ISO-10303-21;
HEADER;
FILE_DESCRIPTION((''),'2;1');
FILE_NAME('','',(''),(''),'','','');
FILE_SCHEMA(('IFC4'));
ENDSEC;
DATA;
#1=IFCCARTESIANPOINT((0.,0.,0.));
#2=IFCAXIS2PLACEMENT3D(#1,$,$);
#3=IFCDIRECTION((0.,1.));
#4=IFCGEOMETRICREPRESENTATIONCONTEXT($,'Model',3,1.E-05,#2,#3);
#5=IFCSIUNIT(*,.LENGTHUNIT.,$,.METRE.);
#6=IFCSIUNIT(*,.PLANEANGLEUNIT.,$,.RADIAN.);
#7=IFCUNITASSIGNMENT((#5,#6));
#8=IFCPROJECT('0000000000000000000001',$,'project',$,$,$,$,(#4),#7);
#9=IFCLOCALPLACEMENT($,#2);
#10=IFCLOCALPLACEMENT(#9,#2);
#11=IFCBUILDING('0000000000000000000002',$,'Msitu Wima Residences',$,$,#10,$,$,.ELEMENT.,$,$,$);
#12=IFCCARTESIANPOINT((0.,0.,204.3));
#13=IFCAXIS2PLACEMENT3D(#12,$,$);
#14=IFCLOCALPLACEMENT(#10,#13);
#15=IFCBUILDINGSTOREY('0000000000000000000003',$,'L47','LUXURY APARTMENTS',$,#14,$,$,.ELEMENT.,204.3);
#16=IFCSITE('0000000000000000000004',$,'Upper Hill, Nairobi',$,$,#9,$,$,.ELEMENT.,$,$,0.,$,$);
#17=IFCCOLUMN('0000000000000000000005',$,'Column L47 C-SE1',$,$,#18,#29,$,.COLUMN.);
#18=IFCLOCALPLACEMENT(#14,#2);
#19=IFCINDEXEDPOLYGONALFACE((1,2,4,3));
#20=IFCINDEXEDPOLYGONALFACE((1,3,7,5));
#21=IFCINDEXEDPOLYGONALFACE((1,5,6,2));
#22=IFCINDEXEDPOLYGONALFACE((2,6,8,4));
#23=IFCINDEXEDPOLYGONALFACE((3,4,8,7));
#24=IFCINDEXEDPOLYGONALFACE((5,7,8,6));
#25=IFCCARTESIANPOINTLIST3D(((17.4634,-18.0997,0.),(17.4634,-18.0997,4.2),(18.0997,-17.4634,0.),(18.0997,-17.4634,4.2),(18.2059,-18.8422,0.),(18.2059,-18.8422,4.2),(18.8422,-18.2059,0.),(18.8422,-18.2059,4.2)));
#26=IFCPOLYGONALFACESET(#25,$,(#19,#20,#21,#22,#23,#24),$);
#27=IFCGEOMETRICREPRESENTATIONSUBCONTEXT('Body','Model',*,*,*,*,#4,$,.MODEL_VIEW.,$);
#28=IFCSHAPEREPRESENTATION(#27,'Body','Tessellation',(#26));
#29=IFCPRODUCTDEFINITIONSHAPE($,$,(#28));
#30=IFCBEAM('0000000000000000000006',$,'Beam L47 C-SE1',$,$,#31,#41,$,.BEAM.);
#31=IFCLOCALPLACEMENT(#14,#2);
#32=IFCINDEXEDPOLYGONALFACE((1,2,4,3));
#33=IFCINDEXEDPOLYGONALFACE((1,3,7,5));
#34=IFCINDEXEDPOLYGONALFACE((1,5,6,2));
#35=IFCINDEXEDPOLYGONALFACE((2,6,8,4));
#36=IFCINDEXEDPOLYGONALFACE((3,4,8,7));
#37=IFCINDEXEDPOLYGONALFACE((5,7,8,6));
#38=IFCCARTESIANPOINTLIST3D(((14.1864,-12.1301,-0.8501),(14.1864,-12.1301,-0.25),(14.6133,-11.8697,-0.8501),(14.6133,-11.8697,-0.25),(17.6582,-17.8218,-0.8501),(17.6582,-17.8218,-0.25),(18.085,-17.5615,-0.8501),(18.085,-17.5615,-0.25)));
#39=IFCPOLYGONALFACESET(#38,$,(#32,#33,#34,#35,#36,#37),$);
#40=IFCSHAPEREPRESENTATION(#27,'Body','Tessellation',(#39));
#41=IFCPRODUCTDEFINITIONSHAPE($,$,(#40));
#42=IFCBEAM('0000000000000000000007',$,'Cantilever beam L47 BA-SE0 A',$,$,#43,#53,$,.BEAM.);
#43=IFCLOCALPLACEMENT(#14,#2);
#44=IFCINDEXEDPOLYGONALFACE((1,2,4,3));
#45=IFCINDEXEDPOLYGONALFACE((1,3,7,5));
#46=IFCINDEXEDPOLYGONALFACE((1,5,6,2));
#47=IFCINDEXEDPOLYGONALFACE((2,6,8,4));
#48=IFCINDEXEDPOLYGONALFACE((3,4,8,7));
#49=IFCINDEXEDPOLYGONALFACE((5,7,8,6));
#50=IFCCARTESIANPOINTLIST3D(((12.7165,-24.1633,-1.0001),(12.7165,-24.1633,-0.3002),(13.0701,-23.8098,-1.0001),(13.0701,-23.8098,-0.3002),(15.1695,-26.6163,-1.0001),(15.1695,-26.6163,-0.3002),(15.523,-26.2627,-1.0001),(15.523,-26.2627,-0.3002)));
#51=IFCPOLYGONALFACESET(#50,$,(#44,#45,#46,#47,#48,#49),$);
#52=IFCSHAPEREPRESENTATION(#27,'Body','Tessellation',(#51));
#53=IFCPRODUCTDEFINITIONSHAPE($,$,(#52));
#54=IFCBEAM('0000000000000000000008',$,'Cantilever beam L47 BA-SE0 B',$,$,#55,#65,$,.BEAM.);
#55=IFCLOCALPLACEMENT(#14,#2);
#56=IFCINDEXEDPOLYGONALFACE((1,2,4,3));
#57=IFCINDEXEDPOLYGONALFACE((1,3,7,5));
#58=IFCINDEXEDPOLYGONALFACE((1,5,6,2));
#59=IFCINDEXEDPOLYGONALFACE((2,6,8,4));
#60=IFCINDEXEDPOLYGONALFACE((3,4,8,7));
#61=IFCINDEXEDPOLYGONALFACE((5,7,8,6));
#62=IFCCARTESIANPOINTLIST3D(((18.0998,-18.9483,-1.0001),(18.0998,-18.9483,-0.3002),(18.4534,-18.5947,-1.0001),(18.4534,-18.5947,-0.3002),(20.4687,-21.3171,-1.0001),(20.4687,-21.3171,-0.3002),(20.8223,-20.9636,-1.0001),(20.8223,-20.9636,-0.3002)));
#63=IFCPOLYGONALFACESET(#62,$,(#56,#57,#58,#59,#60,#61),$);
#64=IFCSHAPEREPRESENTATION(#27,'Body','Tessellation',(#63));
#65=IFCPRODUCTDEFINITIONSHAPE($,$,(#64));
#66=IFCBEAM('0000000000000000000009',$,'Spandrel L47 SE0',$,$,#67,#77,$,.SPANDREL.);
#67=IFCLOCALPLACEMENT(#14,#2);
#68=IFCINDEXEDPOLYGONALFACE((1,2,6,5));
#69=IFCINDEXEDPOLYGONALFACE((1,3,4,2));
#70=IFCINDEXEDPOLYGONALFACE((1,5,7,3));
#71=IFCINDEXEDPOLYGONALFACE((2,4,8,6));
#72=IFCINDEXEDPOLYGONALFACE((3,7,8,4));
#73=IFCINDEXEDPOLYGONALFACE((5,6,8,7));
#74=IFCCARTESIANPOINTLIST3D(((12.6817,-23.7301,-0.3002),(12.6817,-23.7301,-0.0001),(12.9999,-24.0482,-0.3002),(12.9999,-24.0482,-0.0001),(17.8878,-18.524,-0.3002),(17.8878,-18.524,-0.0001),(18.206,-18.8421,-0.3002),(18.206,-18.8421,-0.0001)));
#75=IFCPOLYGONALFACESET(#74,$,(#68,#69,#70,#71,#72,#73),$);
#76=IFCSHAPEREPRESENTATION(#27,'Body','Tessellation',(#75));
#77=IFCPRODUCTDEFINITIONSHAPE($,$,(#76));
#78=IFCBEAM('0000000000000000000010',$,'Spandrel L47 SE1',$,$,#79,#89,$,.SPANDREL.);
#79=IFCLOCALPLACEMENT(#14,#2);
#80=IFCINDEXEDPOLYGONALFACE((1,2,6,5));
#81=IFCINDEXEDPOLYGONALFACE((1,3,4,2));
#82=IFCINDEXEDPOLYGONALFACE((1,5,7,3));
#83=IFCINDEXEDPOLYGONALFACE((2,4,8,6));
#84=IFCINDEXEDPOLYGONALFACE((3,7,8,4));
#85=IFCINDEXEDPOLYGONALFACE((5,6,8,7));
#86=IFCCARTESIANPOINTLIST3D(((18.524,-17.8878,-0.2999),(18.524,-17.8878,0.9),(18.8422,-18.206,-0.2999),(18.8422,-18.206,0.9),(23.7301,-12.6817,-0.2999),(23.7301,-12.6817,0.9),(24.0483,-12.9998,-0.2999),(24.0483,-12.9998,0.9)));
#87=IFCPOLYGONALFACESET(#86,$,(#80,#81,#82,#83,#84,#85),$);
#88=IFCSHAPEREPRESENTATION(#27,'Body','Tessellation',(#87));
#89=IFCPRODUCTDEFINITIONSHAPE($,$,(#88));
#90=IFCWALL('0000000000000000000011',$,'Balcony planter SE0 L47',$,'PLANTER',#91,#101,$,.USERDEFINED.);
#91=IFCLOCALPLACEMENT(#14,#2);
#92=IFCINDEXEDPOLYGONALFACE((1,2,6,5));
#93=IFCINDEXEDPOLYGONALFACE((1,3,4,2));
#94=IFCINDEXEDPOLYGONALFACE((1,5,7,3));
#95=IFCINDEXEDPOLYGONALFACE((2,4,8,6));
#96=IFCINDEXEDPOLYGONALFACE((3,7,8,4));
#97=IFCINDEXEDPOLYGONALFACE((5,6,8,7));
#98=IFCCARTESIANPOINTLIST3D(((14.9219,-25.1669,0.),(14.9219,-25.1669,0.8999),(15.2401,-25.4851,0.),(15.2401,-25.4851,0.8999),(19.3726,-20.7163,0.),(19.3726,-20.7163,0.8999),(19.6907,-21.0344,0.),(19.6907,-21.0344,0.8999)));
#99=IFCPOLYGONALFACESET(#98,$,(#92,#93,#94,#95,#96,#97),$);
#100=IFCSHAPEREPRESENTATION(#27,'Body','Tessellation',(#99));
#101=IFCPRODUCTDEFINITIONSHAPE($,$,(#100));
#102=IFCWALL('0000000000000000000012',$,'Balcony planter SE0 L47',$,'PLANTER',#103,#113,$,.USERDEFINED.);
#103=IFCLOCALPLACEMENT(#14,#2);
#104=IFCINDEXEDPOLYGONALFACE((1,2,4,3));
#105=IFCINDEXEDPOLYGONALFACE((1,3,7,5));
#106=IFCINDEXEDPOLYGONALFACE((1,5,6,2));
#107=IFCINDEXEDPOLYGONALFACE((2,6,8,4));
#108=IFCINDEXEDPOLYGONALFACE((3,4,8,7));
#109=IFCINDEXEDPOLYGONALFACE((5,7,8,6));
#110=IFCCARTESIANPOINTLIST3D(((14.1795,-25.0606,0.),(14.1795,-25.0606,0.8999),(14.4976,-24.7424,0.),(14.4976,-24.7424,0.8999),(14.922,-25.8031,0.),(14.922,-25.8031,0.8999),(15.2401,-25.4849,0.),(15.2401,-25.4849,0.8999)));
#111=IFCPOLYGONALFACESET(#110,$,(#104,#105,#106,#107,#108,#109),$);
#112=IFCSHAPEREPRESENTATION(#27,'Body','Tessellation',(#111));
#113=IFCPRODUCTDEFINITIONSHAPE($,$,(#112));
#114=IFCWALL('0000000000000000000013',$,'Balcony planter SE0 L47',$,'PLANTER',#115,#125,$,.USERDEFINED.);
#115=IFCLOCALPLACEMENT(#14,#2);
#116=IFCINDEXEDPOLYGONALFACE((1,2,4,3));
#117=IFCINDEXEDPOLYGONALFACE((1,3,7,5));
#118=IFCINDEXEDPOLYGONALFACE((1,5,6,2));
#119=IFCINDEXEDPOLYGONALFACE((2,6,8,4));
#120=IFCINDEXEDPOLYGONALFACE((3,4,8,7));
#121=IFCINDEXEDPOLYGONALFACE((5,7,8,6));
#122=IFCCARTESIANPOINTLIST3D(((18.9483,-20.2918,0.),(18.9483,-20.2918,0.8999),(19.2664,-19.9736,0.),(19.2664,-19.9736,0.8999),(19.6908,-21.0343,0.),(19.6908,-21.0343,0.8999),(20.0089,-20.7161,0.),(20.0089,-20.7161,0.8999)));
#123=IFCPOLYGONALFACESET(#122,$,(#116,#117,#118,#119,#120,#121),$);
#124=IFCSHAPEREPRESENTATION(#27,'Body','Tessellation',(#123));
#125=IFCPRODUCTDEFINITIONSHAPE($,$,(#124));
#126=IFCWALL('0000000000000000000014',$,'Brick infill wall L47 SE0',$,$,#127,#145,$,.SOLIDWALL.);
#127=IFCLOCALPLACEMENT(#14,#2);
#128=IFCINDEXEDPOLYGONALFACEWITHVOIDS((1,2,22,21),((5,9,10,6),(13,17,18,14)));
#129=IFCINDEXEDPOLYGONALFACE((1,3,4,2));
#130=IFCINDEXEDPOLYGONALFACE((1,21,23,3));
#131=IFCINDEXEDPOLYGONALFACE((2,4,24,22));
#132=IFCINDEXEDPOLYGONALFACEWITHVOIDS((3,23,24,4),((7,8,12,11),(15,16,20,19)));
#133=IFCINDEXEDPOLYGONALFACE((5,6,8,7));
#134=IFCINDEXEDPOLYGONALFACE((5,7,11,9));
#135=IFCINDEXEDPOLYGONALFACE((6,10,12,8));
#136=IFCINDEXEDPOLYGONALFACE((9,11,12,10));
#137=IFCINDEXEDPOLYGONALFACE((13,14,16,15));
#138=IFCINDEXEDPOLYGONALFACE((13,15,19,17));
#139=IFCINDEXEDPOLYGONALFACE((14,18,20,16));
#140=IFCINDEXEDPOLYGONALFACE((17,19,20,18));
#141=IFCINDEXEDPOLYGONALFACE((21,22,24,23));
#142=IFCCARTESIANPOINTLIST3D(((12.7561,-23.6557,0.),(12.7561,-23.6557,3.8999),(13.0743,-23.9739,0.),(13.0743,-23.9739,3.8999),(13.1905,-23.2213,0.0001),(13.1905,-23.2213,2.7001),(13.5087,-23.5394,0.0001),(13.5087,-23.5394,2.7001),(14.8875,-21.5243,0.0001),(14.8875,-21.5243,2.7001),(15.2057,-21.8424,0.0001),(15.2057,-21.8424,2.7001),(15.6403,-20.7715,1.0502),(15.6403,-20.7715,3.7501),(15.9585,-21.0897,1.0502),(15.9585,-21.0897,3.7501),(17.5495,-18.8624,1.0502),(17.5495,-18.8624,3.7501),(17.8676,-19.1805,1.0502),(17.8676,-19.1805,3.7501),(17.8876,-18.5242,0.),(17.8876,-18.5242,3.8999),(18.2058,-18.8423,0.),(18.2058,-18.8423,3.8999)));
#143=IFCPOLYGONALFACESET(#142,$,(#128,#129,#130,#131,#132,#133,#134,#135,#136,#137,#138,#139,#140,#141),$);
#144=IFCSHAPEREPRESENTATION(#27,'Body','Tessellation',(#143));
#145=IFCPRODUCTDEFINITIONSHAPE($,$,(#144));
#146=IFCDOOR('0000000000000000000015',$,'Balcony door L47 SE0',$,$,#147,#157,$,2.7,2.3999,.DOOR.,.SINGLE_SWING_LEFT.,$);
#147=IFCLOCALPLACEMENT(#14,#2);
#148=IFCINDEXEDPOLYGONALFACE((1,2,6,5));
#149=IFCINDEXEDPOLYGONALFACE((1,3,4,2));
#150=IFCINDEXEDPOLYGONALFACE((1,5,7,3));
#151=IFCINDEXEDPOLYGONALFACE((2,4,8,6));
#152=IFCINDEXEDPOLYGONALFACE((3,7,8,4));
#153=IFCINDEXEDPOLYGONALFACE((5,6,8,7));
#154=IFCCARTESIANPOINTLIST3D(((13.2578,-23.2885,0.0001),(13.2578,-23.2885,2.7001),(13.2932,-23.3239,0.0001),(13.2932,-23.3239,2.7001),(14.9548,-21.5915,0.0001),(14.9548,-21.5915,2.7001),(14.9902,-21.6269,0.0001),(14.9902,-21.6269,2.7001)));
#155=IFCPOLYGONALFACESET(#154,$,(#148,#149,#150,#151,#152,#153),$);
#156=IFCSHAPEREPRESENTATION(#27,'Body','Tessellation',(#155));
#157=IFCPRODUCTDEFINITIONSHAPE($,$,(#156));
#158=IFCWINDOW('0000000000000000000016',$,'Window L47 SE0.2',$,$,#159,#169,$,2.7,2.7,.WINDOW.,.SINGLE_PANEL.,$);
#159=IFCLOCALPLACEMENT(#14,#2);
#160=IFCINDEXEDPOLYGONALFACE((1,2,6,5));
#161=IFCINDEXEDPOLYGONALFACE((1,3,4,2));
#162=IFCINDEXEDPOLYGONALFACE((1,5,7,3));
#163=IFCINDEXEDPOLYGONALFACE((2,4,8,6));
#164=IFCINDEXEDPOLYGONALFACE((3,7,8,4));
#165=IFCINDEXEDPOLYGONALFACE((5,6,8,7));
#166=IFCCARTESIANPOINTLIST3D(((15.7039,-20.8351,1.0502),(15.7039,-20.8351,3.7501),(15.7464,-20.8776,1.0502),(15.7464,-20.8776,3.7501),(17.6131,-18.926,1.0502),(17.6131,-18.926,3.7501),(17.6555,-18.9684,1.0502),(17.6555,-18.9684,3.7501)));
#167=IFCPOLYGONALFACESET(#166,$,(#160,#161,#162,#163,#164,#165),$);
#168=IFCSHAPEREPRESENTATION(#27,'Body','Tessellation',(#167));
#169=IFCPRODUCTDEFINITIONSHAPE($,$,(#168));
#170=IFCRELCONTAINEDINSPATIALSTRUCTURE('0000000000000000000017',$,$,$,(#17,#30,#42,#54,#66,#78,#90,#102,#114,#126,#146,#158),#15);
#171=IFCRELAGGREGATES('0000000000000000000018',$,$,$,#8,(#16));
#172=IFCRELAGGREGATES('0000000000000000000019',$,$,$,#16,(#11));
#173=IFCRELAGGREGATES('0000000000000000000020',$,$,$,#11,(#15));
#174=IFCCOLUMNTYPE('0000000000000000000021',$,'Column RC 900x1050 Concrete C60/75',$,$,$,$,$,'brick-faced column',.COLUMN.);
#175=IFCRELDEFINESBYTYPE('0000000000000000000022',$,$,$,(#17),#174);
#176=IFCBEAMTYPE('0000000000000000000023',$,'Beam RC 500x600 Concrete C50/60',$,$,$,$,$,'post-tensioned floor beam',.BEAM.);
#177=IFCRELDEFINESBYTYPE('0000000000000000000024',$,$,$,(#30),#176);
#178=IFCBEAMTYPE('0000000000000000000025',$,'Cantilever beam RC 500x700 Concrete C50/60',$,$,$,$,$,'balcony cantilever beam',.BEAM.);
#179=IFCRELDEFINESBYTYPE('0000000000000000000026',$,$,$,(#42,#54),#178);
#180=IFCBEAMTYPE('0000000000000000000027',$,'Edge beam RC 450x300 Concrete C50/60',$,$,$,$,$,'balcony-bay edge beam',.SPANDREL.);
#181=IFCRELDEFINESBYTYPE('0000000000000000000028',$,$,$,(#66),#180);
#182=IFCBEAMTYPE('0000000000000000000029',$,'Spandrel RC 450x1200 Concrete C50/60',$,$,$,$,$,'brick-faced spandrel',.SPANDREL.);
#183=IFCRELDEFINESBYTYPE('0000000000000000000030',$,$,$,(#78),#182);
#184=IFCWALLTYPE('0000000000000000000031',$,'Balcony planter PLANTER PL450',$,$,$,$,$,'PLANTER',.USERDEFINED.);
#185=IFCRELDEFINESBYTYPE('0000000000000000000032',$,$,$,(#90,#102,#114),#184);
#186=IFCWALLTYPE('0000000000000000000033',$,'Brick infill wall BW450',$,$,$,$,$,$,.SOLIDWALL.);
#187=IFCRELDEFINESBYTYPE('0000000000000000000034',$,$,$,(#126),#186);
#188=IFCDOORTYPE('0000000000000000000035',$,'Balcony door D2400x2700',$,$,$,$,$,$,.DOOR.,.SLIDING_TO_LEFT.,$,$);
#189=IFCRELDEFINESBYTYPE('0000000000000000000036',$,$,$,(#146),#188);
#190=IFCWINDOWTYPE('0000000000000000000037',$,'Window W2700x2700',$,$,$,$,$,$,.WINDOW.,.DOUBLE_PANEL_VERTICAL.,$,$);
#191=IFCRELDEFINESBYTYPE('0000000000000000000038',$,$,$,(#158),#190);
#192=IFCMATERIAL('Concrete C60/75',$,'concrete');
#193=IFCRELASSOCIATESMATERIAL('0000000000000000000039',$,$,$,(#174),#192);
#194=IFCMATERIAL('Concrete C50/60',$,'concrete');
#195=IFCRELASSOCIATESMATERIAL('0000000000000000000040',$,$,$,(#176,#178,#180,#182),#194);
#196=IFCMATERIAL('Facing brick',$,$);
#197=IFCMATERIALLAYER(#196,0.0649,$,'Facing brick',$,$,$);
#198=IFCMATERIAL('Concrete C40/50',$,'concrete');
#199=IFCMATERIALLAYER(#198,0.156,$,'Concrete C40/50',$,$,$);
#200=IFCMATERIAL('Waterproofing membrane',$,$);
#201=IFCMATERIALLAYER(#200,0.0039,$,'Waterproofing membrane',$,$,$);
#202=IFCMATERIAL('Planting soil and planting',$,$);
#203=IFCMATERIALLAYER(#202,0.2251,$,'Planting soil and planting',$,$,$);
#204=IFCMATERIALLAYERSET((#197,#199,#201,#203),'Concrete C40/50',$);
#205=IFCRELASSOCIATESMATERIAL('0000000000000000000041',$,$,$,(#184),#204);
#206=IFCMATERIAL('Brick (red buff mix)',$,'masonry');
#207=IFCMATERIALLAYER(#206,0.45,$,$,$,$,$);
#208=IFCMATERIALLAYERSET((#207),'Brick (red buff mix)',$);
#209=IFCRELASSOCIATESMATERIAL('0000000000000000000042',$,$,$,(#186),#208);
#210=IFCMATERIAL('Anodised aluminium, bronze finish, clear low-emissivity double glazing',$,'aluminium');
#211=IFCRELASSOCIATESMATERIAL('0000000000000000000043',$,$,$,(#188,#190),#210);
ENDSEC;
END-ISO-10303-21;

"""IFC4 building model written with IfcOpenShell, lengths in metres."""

from ifc_helpers import new_model, si_unit, direction, frame, frame_2d, origin, origin_2d, place, context, subcontext, project, spatial, rectangle, extrude, material, layer, layer_set, material_profile, profile_set, type_object, element, fill, save


model = new_model("IFC4")

# Units and contexts
model_context = context("Model", 3, precision=1e-05, world=origin(), true_north=direction((0.0, 1.0)))
body_context = subcontext(model_context, "Body", "Model", "MODEL_VIEW")
ifc_project = project(units=[si_unit("LENGTHUNIT", "METRE"), si_unit("PLANEANGLEUNIT", "RADIAN")], contexts=[model_context])

# Site, building, storey
site_placement = place(None, origin())
site = spatial("IfcSite", under=ifc_project, at=site_placement, Name="Upper Hill, Nairobi", CompositionType="ELEMENT", RefElevation=0.0)
building_placement = place(site_placement, origin())
building = spatial("IfcBuilding", under=site, at=building_placement, Name="Msitu Wima Residences", CompositionType="ELEMENT")
storey_placement = place(building_placement, frame((0.0, 0.0, 204.3)))
storey = spatial("IfcBuildingStorey", under=building, at=storey_placement, Name="L47", Description="LUXURY APARTMENTS", CompositionType="ELEMENT", Elevation=204.3)

# Column
ifc_material_1 = material(Name="Concrete C60/75", Category="concrete")
ifc_material_profile_1 = material_profile(ifc_material_1, rectangle(XDim=0.8999, YDim=1.05, at=origin_2d()), Name="RC 900x1050")
ifc_profile_set_1 = profile_set([ifc_material_profile_1], Name="Concrete C60/75")
column_type = type_object("IfcColumnType", Name="Column RC 900x1050 Concrete C60/75", ElementType="brick-faced column", PredefinedType="COLUMN", material=ifc_profile_set_1)
column_placement = place(storey_placement, frame((18.1528, -18.1528, 0.0), z_axis=(0.0, 0.0, 1.0), x_axis=(0.707107, 0.707107, 0.0)))
element("IfcColumn", 1, at=column_placement, inside=storey, type_object=column_type, Name="Column L47 C-SE1", PredefinedType="COLUMN", context=body_context, shape_type="SweptSolid", body=[
    extrude(rectangle(XDim=0.8999, YDim=1.05, at=origin_2d()), origin(), (0.0, 0.0, 1.0), 4.2),
])

# Beams
ifc_material_2 = material(Name="Concrete C50/60", Category="concrete")
ifc_material_profile_2 = material_profile(ifc_material_2, rectangle(XDim=0.5, YDim=0.6001, at=origin_2d()), Name="RC 500x600")
ifc_profile_set_2 = profile_set([ifc_material_profile_2], Name="Concrete C50/60")
beam_type_1 = type_object("IfcBeamType", Name="Beam RC 500x600 Concrete C50/60", ElementType="post-tensioned floor beam", PredefinedType="BEAM", material=ifc_profile_set_2)
beam_1_placement = place(storey_placement, frame((17.8716, -17.6917, -0.55), z_axis=(-0.520734, 0.853719, 0.0), x_axis=(-0.853719, -0.520734, 0.0)))
element("IfcBeam", 2, at=beam_1_placement, inside=storey, type_object=beam_type_1, Name="Beam L47 C-SE1", PredefinedType="BEAM", context=body_context, shape_type="SweptSolid", body=[
    extrude(rectangle(XDim=0.5, YDim=0.6001, at=origin_2d()), origin(), (0.0, 0.0, 1.0), 6.667),
])
ifc_material_profile_3 = material_profile(ifc_material_2, rectangle(XDim=0.5, YDim=0.7, at=origin_2d()), Name="RC 500x700")
ifc_profile_set_3 = profile_set([ifc_material_profile_3], Name="Concrete C50/60")
beam_type_2 = type_object("IfcBeamType", Name="Cantilever beam RC 500x700 Concrete C50/60", ElementType="balcony cantilever beam", PredefinedType="BEAM", material=ifc_profile_set_3)
beam_2_placement = place(storey_placement, frame((12.8933, -23.9866, -0.6501), z_axis=(0.707107, -0.707107, 0.0), x_axis=(0.707107, 0.707107, 0.0)))
element("IfcBeam", 3, at=beam_2_placement, inside=storey, type_object=beam_type_2, Name="Cantilever beam L47 BA-SE0 A", PredefinedType="BEAM", context=body_context, shape_type="SweptSolid", body=[
    extrude(rectangle(XDim=0.5, YDim=0.7, at=origin_2d()), origin(), (0.0, 0.0, 1.0), 3.469),
])
beam_3_placement = place(storey_placement, frame((18.2766, -18.7715, -0.6501), z_axis=(0.707107, -0.707107, 0.0), x_axis=(0.707107, 0.707107, 0.0)))
element("IfcBeam", 4, at=beam_3_placement, inside=storey, type_object=beam_type_2, Name="Cantilever beam L47 BA-SE0 B", PredefinedType="BEAM", context=body_context, shape_type="SweptSolid", body=[
    extrude(rectangle(XDim=0.5, YDim=0.7, at=origin_2d()), origin(), (0.0, 0.0, 1.0), 3.3501),
])
ifc_material_profile_4 = material_profile(ifc_material_2, rectangle(XDim=0.45, YDim=0.3, at=origin_2d()), Name="RC 450x300")
ifc_profile_set_4 = profile_set([ifc_material_profile_4], Name="Concrete C50/60")
beam_type_3 = type_object("IfcBeamType", Name="Edge beam RC 450x300 Concrete C50/60", ElementType="balcony-bay edge beam", PredefinedType="SPANDREL", material=ifc_profile_set_4)
beam_4_placement = place(storey_placement, frame((12.8408, -23.8892, -0.1501), z_axis=(0.707107, 0.707107, 0.0), x_axis=(-0.707107, 0.707107, 0.0)))
element("IfcBeam", 5, at=beam_4_placement, inside=storey, type_object=beam_type_3, Name="Spandrel L47 SE0", PredefinedType="SPANDREL", context=body_context, shape_type="SweptSolid", body=[
    extrude(rectangle(XDim=0.45, YDim=0.3, at=origin_2d()), origin(), (0.0, 0.0, 1.0), 7.3625),
])
ifc_material_profile_5 = material_profile(ifc_material_2, rectangle(XDim=0.45, YDim=1.2, at=origin_2d()), Name="RC 450x1200")
ifc_profile_set_5 = profile_set([ifc_material_profile_5], Name="Concrete C50/60")
beam_type_4 = type_object("IfcBeamType", Name="Spandrel RC 450x1200 Concrete C50/60", ElementType="brick-faced spandrel", PredefinedType="SPANDREL", material=ifc_profile_set_5)
beam_5_placement = place(storey_placement, frame((18.6831, -18.0469, 0.3), z_axis=(0.707107, 0.707107, 0.0), x_axis=(-0.707107, 0.707107, 0.0)))
element("IfcBeam", 6, at=beam_5_placement, inside=storey, type_object=beam_type_4, Name="Spandrel L47 SE1", PredefinedType="SPANDREL", context=body_context, shape_type="SweptSolid", body=[
    extrude(rectangle(XDim=0.45, YDim=1.2, at=origin_2d()), origin(), (0.0, 0.0, 1.0), 7.3625),
])

# Walls
ifc_material_3 = material(Name="Facing brick")
ifc_layer_1 = layer(ifc_material_3, 0.0649, Name="Facing brick")
ifc_material_4 = material(Name="Concrete C40/50", Category="concrete")
ifc_layer_2 = layer(ifc_material_4, 0.156, Name="Concrete C40/50")
ifc_material_5 = material(Name="Waterproofing membrane")
ifc_layer_3 = layer(ifc_material_5, 0.0039, Name="Waterproofing membrane")
ifc_material_6 = material(Name="Planting soil and planting")
ifc_layer_4 = layer(ifc_material_6, 0.2251, Name="Planting soil and planting")
ifc_layer_set_1 = layer_set([ifc_layer_1, ifc_layer_2, ifc_layer_3, ifc_layer_4], Name="Concrete C40/50")
wall_type_1 = type_object("IfcWallType", Name="Balcony planter PLANTER PL450", ElementType="PLANTER", PredefinedType="USERDEFINED", material=ifc_layer_set_1)
wall_1_placement = place(storey_placement, frame((15.0811, -25.3259, 0.0), z_axis=(0.0, 0.0, 1.0), x_axis=(0.707107, 0.707107, 0.0)))
element("IfcWall", 7, at=wall_1_placement, inside=storey, type_object=wall_type_1, Name="Balcony planter SE0 L47", ObjectType="PLANTER", PredefinedType="USERDEFINED", context=body_context, shape_type="SweptSolid", body=[
    extrude(rectangle(XDim=6.2942, YDim=0.45, at=frame_2d((3.147, 0.0))), origin(), (0.0, 0.0, 1.0), 0.8999),
])
for number, where, z_axis, x_axis, name in (
    (8, (14.3386, -24.9016, 0.0), (0.0, 0.0, 1.0), (0.707107, -0.707107, 0.0), "Balcony planter SE0 L47"),
    (9, (19.1074, -20.1328, 0.0), (0.0, 0.0, 1.0), (0.707107, -0.707107, 0.0), "Balcony planter SE0 L47"),
):
    element("IfcWall", number, at=place(storey_placement, frame(where, z_axis=z_axis, x_axis=x_axis)), inside=storey, type_object=wall_type_1, Name=name, ObjectType="PLANTER", PredefinedType="USERDEFINED", context=body_context, shape_type="SweptSolid", body=[
        extrude(rectangle(XDim=1.05, YDim=0.45, at=frame_2d((0.5249, 0.0))), origin(), (0.0, 0.0, 1.0), 0.8999),
    ])

# Wall, openings, door, window
ifc_material_7 = material(Name="Brick (red buff mix)", Category="masonry")
ifc_layer_5 = layer(ifc_material_7, 0.45)
ifc_layer_set_2 = layer_set([ifc_layer_5], Name="Brick (red buff mix)")
wall_type_2 = type_object("IfcWallType", Name="Brick infill wall BW450", PredefinedType="SOLIDWALL", material=ifc_layer_set_2)
wall_2_placement = place(storey_placement, frame((12.9153, -23.8147, 0.0), z_axis=(0.0, 0.0, 1.0), x_axis=(0.707107, 0.707107, 0.0)))
wall_2 = element("IfcWall", 10, at=wall_2_placement, inside=storey, type_object=wall_type_2, Name="Brick infill wall L47 SE0", PredefinedType="SOLIDWALL", context=body_context, shape_type="SweptSolid", body=[
    extrude(rectangle(XDim=7.2571, YDim=0.45, at=frame_2d((3.6284, 0.0))), origin(), (0.0, 0.0, 1.0), 3.8999),
])
opening_1_placement = place(wall_2_placement, frame((0.6143, 0.0, 0.0)))
opening_1 = element("IfcOpeningElement", 11, at=opening_1_placement, cuts=wall_2, PredefinedType="OPENING", context=body_context, shape_type="SweptSolid", body=[
    extrude(rectangle(XDim=2.3999, YDim=2.7, at=frame_2d((1.2, 1.3501))), frame((0.0, 0.2349, 0.0), z_axis=(0.0, -1.0, 0.0), x_axis=(1.0, 0.0, 0.0)), (0.0, 0.0, 1.0), 0.47),
])
opening_2_placement = place(wall_2_placement, frame((4.0786, 0.0, 1.05)))
opening_2 = element("IfcOpeningElement", 12, at=opening_2_placement, cuts=wall_2, PredefinedType="OPENING", context=body_context, shape_type="SweptSolid", body=[
    extrude(rectangle(XDim=2.7, YDim=2.7, at=frame_2d((1.3501, 1.3501))), frame((0.0, 0.2349, 0.0), z_axis=(0.0, -1.0, 0.0), x_axis=(1.0, 0.0, 0.0)), (0.0, 0.0, 1.0), 0.47),
])
ifc_material_8 = material(Name="Anodised aluminium, bronze finish, clear low-emissivity double glazing", Category="aluminium")
door_type_1 = type_object("IfcDoorType", Name="Balcony door D2400x2700", OperationType="SLIDING_TO_LEFT", PredefinedType="DOOR", material=ifc_material_8)
door_1_placement = place(opening_1_placement, origin())
door_1 = element("IfcDoor", 13, at=door_1_placement, inside=storey, type_object=door_type_1, Name="Balcony door L47 SE0", OperationType="SINGLE_SWING_LEFT", OverallHeight=2.7, OverallWidth=2.3999, PredefinedType="DOOR", context=body_context, shape_type="SweptSolid", body=[
    extrude(rectangle(XDim=2.3999, YDim=2.7, at=frame_2d((1.2, 1.3501))), frame((0.0, 0.1299, 0.0), z_axis=(0.0, -1.0, 0.0), x_axis=(1.0, 0.0, 0.0)), (0.0, 0.0, 1.0), 0.05),
])
fill(opening_1, door_1)
window_type = type_object("IfcWindowType", Name="Window W2700x2700", PartitioningType="DOUBLE_PANEL_VERTICAL", PredefinedType="WINDOW", material=ifc_material_8)
window_1_placement = place(opening_2_placement, origin())
window_1 = element("IfcWindow", 14, at=window_1_placement, inside=storey, type_object=window_type, Name="Window L47 SE0.2", OverallHeight=2.7, OverallWidth=2.7, PartitioningType="SINGLE_PANEL", PredefinedType="WINDOW", context=body_context, shape_type="SweptSolid", body=[
    extrude(rectangle(XDim=2.7, YDim=2.7, at=frame_2d((1.3501, 1.3501))), frame((0.0, 0.135, 0.0), z_axis=(0.0, -1.0, 0.0), x_axis=(1.0, 0.0, 0.0)), (0.0, 0.0, 1.0), 0.0601),
])
fill(opening_2, window_1)

save(model, "model.ifc")
